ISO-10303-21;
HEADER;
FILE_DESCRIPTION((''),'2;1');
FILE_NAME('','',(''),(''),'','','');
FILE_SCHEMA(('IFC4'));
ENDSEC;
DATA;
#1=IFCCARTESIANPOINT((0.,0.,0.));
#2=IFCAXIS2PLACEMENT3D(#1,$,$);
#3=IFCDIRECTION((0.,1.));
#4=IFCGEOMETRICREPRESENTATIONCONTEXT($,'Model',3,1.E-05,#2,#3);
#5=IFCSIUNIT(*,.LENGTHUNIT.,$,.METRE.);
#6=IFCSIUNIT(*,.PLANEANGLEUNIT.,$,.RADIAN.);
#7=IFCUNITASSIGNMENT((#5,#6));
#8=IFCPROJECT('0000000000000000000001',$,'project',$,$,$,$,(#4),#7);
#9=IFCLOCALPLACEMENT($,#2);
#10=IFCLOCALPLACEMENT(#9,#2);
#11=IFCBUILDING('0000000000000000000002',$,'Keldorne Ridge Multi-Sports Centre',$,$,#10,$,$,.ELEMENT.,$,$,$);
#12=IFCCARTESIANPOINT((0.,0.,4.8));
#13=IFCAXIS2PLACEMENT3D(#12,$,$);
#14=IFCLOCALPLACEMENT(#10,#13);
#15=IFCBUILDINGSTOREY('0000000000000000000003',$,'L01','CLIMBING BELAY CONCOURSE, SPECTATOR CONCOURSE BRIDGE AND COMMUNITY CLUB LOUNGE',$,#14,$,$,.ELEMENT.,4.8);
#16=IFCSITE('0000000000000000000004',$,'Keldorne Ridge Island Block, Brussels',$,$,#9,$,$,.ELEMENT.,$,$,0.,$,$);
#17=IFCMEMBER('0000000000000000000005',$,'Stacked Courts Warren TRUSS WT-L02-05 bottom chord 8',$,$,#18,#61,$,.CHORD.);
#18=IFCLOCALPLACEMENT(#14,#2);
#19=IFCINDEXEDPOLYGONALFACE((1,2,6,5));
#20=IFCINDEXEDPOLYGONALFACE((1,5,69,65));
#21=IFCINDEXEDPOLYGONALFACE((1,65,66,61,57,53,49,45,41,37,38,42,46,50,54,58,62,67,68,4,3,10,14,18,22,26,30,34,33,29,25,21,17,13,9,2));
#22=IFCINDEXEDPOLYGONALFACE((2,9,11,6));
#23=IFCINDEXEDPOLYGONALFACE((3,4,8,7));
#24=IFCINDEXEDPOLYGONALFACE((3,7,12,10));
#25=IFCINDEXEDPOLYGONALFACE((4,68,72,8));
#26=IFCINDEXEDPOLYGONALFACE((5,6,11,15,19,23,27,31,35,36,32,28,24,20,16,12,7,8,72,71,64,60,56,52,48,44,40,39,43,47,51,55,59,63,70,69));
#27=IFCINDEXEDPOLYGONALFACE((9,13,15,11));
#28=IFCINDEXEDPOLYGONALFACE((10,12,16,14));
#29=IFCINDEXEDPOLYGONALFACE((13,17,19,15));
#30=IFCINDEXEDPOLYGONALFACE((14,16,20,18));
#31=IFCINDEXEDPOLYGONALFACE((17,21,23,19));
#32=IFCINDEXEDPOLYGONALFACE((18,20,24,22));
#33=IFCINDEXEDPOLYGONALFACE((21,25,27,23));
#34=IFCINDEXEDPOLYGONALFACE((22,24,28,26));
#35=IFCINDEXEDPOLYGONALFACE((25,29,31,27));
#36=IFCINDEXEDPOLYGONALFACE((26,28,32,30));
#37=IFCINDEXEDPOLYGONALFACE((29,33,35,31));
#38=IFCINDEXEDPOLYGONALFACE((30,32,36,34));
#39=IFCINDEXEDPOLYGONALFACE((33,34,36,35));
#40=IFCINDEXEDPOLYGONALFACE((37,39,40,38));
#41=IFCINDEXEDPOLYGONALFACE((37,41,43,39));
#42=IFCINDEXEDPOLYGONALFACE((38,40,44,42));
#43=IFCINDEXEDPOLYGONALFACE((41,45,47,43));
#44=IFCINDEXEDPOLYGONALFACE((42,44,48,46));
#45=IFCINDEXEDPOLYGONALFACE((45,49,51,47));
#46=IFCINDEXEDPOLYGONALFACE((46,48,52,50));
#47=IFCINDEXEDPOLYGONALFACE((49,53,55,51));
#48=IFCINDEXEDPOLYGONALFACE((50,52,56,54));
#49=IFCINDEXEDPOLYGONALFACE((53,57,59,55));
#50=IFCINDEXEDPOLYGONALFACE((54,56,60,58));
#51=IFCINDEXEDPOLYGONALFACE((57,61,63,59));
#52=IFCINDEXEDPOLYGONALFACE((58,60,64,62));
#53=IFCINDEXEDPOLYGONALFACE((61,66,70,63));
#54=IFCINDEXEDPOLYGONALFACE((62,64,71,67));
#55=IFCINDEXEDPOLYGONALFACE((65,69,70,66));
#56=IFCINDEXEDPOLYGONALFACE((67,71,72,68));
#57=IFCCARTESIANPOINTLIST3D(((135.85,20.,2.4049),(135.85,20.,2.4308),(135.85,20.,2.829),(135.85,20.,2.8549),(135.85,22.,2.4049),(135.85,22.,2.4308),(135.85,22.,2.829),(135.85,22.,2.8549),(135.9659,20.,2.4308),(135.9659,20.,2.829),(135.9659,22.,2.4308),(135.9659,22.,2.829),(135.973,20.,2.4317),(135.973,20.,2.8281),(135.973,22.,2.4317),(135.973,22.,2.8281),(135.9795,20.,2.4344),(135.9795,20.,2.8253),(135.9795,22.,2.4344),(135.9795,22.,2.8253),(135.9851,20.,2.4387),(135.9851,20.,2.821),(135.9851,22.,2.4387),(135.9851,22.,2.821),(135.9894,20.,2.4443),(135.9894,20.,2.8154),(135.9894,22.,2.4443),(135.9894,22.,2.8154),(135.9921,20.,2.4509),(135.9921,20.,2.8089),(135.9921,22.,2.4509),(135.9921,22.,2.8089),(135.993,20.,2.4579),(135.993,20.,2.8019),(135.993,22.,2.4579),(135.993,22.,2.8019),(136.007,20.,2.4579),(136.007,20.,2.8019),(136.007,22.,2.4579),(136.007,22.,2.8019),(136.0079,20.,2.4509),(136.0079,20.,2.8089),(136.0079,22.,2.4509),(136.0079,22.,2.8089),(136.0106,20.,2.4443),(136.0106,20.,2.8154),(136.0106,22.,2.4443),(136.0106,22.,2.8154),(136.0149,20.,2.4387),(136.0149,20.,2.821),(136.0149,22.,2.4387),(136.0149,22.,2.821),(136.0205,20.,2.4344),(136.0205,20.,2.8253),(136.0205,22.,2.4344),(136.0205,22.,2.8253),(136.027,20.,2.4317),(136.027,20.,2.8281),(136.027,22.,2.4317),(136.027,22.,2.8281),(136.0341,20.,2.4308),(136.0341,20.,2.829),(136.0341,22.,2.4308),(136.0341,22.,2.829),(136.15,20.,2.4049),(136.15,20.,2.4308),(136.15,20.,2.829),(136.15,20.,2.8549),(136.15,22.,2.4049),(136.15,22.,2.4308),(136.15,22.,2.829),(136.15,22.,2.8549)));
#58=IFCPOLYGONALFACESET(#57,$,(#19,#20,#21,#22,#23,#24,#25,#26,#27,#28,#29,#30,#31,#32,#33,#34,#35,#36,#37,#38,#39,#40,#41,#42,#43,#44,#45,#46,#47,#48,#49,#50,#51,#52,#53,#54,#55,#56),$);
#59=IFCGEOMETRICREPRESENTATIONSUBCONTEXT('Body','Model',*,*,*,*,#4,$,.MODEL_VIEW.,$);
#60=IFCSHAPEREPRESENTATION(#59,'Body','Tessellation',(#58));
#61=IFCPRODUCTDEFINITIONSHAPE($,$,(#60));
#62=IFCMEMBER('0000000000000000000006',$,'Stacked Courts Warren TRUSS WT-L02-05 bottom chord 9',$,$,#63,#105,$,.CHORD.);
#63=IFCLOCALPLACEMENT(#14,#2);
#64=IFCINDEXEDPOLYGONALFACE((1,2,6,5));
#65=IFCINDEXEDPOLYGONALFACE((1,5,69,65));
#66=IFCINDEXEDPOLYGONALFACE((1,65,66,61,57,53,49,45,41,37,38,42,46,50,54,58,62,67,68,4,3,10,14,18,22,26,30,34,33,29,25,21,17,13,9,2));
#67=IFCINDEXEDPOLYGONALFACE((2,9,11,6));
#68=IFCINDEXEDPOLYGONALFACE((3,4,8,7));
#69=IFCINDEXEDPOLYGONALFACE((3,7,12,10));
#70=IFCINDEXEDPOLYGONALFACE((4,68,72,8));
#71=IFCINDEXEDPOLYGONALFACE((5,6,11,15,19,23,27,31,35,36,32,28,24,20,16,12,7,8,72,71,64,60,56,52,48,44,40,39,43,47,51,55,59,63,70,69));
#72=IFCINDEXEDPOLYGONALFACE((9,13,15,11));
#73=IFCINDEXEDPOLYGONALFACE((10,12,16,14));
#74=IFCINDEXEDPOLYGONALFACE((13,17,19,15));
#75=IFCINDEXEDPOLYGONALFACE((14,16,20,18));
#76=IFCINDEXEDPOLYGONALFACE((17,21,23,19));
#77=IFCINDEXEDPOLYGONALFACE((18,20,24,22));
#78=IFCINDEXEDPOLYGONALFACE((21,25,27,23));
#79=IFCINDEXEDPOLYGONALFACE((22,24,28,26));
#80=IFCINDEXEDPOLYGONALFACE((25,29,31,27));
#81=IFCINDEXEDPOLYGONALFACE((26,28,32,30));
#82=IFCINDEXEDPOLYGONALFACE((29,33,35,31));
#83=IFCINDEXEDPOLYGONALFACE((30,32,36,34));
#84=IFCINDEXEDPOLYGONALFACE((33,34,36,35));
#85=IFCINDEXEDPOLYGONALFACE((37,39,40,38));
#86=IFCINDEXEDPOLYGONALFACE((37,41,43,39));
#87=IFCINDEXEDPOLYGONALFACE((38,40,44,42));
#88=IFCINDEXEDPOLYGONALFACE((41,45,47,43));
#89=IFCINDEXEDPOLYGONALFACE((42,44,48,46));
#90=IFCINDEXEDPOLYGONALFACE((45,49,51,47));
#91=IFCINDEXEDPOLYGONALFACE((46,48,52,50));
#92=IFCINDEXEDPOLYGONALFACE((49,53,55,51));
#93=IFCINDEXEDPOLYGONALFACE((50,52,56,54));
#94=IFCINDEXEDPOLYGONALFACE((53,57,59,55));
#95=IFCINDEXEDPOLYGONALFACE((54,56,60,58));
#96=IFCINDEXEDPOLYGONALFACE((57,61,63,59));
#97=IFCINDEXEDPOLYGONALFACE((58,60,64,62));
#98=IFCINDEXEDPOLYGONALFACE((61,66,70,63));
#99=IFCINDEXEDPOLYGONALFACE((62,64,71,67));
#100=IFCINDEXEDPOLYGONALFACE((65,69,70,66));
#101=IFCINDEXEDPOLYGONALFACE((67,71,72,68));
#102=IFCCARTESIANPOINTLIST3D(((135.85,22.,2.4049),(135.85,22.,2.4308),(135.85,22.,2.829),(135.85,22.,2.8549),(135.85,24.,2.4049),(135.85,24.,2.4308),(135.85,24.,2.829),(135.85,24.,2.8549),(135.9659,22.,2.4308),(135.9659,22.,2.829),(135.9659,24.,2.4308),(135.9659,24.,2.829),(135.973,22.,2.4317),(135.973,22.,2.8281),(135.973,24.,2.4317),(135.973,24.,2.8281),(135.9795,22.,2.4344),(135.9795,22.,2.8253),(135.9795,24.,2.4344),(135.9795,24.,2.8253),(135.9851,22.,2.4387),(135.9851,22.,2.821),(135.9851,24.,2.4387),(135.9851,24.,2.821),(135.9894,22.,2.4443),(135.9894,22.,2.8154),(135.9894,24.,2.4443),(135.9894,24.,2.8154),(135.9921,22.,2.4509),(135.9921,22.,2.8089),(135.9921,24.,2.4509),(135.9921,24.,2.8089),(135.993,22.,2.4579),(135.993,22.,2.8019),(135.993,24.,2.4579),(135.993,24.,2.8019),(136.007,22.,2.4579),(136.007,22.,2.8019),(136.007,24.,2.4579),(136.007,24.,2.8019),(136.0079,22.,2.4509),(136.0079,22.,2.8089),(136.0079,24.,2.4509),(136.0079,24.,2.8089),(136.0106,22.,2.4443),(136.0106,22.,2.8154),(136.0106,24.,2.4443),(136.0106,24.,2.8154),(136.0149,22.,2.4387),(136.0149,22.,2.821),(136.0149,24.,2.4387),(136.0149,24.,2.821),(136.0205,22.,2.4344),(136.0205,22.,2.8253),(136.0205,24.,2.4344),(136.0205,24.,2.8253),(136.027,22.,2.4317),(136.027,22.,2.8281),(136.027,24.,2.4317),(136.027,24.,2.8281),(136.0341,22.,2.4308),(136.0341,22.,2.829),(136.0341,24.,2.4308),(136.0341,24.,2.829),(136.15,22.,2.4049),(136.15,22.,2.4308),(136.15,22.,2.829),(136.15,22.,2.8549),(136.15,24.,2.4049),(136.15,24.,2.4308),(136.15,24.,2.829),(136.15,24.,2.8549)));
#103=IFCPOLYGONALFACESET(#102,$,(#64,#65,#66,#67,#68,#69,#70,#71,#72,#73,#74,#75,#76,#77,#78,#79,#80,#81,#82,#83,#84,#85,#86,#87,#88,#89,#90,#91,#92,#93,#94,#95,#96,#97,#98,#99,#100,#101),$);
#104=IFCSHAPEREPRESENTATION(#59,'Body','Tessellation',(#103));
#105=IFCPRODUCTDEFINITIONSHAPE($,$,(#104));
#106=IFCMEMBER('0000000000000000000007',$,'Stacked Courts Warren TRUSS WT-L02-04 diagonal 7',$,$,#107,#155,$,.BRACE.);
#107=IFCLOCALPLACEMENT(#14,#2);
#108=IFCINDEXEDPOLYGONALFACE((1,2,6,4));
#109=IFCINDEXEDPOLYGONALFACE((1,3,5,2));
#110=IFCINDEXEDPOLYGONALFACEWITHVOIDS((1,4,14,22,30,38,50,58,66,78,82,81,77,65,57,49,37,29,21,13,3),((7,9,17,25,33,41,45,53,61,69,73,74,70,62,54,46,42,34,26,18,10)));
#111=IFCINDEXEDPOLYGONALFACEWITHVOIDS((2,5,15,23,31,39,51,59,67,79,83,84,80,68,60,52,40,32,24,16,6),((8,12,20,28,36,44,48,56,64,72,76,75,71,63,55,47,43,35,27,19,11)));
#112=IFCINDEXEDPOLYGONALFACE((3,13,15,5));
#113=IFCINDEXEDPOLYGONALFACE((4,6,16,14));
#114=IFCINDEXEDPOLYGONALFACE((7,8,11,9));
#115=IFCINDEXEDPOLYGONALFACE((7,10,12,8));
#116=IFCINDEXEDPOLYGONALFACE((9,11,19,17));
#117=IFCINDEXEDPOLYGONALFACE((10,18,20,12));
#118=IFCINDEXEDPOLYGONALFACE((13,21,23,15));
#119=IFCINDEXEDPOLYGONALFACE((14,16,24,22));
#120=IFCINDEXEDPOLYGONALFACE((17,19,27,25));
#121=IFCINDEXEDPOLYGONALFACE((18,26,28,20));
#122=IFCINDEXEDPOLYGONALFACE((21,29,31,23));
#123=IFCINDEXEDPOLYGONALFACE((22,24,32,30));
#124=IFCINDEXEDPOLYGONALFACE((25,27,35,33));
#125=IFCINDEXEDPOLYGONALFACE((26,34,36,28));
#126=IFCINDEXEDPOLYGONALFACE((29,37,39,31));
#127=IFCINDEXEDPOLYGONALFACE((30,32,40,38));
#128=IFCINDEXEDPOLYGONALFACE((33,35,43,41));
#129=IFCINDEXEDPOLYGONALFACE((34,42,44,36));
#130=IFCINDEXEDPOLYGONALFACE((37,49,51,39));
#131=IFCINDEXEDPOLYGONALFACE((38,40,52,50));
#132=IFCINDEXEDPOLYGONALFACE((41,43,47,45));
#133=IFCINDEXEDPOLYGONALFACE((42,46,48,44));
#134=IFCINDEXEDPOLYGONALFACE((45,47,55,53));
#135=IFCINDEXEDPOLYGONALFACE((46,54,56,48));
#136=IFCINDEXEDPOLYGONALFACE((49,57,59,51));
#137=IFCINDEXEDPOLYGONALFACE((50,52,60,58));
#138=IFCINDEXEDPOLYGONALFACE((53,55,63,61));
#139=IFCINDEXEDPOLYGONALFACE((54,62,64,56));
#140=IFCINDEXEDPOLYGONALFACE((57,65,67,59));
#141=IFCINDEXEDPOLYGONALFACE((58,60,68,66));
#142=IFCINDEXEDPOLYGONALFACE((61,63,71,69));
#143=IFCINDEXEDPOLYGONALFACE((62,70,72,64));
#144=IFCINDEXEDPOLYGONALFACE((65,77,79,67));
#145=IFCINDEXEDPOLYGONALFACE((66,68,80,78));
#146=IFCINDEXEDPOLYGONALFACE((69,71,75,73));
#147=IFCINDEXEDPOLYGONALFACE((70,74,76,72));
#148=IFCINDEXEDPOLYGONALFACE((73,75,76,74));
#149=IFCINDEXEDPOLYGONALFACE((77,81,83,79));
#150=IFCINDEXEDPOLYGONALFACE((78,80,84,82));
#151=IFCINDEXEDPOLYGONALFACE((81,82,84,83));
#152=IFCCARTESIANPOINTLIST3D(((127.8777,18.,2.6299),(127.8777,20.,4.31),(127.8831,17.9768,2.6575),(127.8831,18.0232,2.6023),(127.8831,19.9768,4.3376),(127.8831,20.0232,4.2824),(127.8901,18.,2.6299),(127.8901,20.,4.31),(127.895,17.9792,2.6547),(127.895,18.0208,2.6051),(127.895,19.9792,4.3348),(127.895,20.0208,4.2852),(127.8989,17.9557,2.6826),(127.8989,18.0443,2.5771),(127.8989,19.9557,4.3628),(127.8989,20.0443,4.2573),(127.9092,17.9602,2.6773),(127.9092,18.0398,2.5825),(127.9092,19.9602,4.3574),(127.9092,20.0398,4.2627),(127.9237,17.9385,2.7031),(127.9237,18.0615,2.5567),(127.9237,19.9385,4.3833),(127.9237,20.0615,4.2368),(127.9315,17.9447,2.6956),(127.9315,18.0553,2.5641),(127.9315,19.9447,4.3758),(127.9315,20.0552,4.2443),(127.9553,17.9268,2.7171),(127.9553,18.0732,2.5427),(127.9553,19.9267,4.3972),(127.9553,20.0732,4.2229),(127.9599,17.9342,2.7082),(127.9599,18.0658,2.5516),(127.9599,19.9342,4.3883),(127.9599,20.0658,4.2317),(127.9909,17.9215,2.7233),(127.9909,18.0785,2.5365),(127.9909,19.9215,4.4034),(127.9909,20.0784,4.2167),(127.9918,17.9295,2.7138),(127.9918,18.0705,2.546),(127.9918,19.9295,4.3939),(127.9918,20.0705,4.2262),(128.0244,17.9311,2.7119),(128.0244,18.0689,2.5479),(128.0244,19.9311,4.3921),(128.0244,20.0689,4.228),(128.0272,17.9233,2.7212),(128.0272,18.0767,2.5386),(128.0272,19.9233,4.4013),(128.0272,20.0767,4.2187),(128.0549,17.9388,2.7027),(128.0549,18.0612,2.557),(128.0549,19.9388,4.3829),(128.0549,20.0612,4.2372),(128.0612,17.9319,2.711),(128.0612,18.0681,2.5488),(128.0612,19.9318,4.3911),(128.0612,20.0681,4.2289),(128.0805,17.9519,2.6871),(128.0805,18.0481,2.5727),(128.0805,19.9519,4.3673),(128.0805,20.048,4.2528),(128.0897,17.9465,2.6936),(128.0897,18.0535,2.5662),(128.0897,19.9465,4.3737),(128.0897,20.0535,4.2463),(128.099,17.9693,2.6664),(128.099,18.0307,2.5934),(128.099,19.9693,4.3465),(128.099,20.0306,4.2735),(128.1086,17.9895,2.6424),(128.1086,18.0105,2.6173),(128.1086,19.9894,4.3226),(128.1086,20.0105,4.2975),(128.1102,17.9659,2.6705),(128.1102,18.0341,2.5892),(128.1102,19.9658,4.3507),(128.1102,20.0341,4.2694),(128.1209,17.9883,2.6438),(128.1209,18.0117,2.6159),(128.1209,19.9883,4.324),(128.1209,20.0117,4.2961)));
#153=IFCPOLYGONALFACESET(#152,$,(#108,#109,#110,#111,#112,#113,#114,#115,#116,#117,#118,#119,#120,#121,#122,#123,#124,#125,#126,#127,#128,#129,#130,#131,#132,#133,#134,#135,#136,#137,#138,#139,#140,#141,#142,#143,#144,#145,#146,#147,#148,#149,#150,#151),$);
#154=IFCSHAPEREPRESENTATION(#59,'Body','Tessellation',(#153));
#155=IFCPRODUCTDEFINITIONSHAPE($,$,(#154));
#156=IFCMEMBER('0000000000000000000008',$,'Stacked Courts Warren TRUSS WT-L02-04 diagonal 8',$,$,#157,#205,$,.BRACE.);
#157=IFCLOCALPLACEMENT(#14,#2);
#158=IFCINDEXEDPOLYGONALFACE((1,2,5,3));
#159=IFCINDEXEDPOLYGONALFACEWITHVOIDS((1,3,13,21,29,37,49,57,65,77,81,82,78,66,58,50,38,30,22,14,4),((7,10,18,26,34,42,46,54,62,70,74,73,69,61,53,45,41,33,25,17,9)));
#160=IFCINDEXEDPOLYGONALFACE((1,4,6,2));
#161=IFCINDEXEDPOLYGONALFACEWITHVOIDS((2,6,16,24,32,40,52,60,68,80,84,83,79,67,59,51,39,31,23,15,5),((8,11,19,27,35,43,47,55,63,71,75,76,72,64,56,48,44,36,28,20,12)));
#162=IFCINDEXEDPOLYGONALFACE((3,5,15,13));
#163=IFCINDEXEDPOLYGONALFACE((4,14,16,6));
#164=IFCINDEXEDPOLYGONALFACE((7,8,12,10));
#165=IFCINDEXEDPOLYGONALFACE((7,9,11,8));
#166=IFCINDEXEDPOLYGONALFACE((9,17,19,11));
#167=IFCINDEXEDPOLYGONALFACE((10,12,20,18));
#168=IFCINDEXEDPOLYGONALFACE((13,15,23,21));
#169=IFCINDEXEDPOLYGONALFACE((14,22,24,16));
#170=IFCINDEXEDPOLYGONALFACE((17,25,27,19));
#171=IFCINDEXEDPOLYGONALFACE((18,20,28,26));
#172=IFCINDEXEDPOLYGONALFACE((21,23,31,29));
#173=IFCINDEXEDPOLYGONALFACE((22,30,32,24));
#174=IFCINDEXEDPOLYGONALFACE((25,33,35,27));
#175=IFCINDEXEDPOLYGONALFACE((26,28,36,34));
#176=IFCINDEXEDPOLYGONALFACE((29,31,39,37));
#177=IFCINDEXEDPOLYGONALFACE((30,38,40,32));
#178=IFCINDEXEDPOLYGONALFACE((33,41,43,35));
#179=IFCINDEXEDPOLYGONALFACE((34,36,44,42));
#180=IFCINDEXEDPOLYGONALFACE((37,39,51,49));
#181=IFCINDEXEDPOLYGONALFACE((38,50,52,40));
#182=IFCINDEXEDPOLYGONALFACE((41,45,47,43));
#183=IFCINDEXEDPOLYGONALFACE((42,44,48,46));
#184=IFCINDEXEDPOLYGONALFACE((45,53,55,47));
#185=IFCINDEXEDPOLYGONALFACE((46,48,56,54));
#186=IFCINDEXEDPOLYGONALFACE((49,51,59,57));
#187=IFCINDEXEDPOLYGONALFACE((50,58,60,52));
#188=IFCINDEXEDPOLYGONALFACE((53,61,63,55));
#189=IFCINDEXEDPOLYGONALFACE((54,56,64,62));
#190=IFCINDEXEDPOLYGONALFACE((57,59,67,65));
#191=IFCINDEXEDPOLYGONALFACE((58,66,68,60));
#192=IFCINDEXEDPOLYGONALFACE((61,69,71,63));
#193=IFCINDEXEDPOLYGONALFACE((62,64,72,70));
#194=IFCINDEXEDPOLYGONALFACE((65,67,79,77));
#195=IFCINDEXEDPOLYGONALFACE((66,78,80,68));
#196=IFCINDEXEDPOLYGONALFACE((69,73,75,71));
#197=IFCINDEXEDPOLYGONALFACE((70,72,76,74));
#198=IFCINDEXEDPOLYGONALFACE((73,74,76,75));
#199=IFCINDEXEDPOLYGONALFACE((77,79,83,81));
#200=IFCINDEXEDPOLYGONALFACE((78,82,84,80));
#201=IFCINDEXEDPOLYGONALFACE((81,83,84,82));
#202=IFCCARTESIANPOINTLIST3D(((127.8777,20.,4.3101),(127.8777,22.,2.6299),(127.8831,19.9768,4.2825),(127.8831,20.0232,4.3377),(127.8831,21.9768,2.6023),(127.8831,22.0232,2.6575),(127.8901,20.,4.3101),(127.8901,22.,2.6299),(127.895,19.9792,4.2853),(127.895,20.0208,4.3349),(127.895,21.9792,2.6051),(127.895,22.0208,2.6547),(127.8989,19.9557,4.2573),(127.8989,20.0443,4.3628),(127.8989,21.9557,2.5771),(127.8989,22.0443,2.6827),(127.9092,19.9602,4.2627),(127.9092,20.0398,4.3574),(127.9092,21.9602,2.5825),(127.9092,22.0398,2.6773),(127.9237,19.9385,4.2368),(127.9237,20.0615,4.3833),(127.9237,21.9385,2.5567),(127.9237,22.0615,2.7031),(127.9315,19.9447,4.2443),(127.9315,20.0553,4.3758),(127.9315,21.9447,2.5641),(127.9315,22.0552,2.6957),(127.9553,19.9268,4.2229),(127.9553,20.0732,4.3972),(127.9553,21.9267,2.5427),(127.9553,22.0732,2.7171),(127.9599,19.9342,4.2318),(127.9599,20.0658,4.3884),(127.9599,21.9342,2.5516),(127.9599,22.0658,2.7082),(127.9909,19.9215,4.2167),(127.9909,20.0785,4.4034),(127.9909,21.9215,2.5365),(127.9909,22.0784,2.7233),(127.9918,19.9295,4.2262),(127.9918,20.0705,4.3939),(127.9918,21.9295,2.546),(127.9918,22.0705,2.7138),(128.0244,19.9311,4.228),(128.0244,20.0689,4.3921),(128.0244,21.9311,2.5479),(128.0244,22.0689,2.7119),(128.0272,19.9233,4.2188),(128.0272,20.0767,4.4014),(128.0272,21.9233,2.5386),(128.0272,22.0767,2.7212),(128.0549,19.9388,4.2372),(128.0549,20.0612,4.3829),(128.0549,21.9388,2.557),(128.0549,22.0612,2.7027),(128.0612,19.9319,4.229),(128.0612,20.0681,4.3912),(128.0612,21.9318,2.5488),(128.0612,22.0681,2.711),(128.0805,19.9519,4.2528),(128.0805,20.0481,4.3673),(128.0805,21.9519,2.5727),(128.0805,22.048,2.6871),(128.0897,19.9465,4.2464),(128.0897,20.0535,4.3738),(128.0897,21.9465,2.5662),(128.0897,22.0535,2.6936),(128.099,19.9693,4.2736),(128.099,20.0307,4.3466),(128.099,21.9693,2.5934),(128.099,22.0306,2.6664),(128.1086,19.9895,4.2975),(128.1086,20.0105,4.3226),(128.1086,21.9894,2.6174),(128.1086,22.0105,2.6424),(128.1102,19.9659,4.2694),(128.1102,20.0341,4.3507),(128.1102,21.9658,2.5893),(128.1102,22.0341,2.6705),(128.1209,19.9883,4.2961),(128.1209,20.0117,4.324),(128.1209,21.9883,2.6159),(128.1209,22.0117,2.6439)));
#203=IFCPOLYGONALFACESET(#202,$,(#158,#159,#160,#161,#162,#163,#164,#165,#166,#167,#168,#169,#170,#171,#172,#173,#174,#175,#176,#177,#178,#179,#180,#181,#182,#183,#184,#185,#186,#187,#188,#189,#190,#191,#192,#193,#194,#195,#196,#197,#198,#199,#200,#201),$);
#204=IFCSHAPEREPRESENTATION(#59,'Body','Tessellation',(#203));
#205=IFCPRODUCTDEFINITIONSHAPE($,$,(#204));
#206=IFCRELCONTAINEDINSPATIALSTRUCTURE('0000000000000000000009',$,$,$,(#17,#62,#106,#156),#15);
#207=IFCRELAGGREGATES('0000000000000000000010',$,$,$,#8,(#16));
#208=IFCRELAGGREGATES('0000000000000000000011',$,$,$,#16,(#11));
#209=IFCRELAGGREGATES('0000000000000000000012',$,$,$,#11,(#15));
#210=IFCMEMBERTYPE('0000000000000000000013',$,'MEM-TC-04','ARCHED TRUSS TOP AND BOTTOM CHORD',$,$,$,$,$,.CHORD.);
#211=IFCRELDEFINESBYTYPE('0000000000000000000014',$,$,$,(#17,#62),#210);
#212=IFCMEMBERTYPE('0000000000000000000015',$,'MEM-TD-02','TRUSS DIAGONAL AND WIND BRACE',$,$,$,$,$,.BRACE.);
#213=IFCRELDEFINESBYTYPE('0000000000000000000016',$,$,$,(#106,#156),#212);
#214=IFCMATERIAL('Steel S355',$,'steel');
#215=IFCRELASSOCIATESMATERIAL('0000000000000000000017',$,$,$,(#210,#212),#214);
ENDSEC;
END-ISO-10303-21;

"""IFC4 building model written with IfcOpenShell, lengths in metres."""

from ifc_helpers import new_model, si_unit, direction, frame, origin, origin_2d, place, context, subcontext, project, spatial, hollow_circle, i_section, extrude, material, material_profile, profile_set, type_object, element, save


model = new_model("IFC4")

# Units and contexts
model_context = context("Model", 3, precision=1e-05, world=origin(), true_north=direction((0.0, 1.0)))
body_context = subcontext(model_context, "Body", "Model", "MODEL_VIEW")
ifc_project = project(units=[si_unit("LENGTHUNIT", "METRE"), si_unit("PLANEANGLEUNIT", "RADIAN")], contexts=[model_context])

# Site, building, storey
site_placement = place(None, origin())
site = spatial("IfcSite", under=ifc_project, at=site_placement, Name="Keldorne Ridge Island Block, Brussels", CompositionType="ELEMENT", RefElevation=0.0)
building_placement = place(site_placement, origin())
building = spatial("IfcBuilding", under=site, at=building_placement, Name="Keldorne Ridge Multi-Sports Centre", CompositionType="ELEMENT")
storey_placement = place(building_placement, frame((0.0, 0.0, 4.8)))
storey = spatial("IfcBuildingStorey", under=building, at=storey_placement, Name="L01", Description="CLIMBING BELAY CONCOURSE, SPECTATOR CONCOURSE BRIDGE AND COMMUNITY CLUB LOUNGE", CompositionType="ELEMENT", Elevation=4.8)

# Members
ifc_material = material(Name="Steel S355", Category="steel")
ifc_material_profile_1 = material_profile(ifc_material, i_section(OverallWidth=0.3, OverallDepth=0.45, WebThickness=0.0139, FlangeThickness=0.0259, FilletRadius=0.0271, at=origin_2d()), Name="HEB 450")
ifc_profile_set_1 = profile_set([ifc_material_profile_1], Name="Steel S355")
member_type_1 = type_object("IfcMemberType", Name="MEM-TC-04", Description="ARCHED TRUSS TOP AND BOTTOM CHORD", PredefinedType="CHORD", material=ifc_profile_set_1)
for number, where, z_axis, x_axis, name in (
    (1, (136.0, 20.0, 2.6299), (0.0, 1.0, 0.0), (-1.0, 0.0, 0.0), "Stacked Courts Warren TRUSS WT-L02-05 bottom chord 8"),
    (2, (136.0, 22.0, 2.6299), (0.0, 1.0, 0.0), (-1.0, 0.0, 0.0), "Stacked Courts Warren TRUSS WT-L02-05 bottom chord 9"),
):
    element("IfcMember", number, at=place(storey_placement, frame(where, z_axis=z_axis, x_axis=x_axis)), inside=storey, type_object=member_type_1, Name=name, PredefinedType="CHORD", context=body_context, shape_type="SweptSolid", body=[
        extrude(i_section(OverallWidth=0.3, OverallDepth=0.45, WebThickness=0.0139, FlangeThickness=0.0259, FilletRadius=0.0271, at=origin_2d()), origin(), (0.0, 0.0, 1.0), 2.0),
    ])
ifc_material_profile_2 = material_profile(ifc_material, hollow_circle(Radius=0.1223, WallThickness=0.0125, at=origin_2d()), Name="CHS 244.5x12.5")
ifc_profile_set_2 = profile_set([ifc_material_profile_2], Name="Steel S355")
member_type_2 = type_object("IfcMemberType", Name="MEM-TD-02", Description="TRUSS DIAGONAL AND WIND BRACE", PredefinedType="BRACE", material=ifc_profile_set_2)
for number, where, z_axis, x_axis, name in (
    (3, (128.0, 18.0, 2.6299), (0.0, 0.765672, 0.643232), (-1.0, 0.0, 0.0), "Stacked Courts Warren TRUSS WT-L02-04 diagonal 7"),
    (4, (128.0, 20.0, 4.3101), (0.0, 0.765672, -0.643232), (-1.0, 0.0, 0.0), "Stacked Courts Warren TRUSS WT-L02-04 diagonal 8"),
):
    element("IfcMember", number, at=place(storey_placement, frame(where, z_axis=z_axis, x_axis=x_axis)), inside=storey, type_object=member_type_2, Name=name, PredefinedType="BRACE", context=body_context, shape_type="SweptSolid", body=[
        extrude(hollow_circle(Radius=0.1223, WallThickness=0.0125, at=origin_2d()), origin(), (0.0, 0.0, 1.0), 2.6121),
    ])

save(model, "model.ifc")
